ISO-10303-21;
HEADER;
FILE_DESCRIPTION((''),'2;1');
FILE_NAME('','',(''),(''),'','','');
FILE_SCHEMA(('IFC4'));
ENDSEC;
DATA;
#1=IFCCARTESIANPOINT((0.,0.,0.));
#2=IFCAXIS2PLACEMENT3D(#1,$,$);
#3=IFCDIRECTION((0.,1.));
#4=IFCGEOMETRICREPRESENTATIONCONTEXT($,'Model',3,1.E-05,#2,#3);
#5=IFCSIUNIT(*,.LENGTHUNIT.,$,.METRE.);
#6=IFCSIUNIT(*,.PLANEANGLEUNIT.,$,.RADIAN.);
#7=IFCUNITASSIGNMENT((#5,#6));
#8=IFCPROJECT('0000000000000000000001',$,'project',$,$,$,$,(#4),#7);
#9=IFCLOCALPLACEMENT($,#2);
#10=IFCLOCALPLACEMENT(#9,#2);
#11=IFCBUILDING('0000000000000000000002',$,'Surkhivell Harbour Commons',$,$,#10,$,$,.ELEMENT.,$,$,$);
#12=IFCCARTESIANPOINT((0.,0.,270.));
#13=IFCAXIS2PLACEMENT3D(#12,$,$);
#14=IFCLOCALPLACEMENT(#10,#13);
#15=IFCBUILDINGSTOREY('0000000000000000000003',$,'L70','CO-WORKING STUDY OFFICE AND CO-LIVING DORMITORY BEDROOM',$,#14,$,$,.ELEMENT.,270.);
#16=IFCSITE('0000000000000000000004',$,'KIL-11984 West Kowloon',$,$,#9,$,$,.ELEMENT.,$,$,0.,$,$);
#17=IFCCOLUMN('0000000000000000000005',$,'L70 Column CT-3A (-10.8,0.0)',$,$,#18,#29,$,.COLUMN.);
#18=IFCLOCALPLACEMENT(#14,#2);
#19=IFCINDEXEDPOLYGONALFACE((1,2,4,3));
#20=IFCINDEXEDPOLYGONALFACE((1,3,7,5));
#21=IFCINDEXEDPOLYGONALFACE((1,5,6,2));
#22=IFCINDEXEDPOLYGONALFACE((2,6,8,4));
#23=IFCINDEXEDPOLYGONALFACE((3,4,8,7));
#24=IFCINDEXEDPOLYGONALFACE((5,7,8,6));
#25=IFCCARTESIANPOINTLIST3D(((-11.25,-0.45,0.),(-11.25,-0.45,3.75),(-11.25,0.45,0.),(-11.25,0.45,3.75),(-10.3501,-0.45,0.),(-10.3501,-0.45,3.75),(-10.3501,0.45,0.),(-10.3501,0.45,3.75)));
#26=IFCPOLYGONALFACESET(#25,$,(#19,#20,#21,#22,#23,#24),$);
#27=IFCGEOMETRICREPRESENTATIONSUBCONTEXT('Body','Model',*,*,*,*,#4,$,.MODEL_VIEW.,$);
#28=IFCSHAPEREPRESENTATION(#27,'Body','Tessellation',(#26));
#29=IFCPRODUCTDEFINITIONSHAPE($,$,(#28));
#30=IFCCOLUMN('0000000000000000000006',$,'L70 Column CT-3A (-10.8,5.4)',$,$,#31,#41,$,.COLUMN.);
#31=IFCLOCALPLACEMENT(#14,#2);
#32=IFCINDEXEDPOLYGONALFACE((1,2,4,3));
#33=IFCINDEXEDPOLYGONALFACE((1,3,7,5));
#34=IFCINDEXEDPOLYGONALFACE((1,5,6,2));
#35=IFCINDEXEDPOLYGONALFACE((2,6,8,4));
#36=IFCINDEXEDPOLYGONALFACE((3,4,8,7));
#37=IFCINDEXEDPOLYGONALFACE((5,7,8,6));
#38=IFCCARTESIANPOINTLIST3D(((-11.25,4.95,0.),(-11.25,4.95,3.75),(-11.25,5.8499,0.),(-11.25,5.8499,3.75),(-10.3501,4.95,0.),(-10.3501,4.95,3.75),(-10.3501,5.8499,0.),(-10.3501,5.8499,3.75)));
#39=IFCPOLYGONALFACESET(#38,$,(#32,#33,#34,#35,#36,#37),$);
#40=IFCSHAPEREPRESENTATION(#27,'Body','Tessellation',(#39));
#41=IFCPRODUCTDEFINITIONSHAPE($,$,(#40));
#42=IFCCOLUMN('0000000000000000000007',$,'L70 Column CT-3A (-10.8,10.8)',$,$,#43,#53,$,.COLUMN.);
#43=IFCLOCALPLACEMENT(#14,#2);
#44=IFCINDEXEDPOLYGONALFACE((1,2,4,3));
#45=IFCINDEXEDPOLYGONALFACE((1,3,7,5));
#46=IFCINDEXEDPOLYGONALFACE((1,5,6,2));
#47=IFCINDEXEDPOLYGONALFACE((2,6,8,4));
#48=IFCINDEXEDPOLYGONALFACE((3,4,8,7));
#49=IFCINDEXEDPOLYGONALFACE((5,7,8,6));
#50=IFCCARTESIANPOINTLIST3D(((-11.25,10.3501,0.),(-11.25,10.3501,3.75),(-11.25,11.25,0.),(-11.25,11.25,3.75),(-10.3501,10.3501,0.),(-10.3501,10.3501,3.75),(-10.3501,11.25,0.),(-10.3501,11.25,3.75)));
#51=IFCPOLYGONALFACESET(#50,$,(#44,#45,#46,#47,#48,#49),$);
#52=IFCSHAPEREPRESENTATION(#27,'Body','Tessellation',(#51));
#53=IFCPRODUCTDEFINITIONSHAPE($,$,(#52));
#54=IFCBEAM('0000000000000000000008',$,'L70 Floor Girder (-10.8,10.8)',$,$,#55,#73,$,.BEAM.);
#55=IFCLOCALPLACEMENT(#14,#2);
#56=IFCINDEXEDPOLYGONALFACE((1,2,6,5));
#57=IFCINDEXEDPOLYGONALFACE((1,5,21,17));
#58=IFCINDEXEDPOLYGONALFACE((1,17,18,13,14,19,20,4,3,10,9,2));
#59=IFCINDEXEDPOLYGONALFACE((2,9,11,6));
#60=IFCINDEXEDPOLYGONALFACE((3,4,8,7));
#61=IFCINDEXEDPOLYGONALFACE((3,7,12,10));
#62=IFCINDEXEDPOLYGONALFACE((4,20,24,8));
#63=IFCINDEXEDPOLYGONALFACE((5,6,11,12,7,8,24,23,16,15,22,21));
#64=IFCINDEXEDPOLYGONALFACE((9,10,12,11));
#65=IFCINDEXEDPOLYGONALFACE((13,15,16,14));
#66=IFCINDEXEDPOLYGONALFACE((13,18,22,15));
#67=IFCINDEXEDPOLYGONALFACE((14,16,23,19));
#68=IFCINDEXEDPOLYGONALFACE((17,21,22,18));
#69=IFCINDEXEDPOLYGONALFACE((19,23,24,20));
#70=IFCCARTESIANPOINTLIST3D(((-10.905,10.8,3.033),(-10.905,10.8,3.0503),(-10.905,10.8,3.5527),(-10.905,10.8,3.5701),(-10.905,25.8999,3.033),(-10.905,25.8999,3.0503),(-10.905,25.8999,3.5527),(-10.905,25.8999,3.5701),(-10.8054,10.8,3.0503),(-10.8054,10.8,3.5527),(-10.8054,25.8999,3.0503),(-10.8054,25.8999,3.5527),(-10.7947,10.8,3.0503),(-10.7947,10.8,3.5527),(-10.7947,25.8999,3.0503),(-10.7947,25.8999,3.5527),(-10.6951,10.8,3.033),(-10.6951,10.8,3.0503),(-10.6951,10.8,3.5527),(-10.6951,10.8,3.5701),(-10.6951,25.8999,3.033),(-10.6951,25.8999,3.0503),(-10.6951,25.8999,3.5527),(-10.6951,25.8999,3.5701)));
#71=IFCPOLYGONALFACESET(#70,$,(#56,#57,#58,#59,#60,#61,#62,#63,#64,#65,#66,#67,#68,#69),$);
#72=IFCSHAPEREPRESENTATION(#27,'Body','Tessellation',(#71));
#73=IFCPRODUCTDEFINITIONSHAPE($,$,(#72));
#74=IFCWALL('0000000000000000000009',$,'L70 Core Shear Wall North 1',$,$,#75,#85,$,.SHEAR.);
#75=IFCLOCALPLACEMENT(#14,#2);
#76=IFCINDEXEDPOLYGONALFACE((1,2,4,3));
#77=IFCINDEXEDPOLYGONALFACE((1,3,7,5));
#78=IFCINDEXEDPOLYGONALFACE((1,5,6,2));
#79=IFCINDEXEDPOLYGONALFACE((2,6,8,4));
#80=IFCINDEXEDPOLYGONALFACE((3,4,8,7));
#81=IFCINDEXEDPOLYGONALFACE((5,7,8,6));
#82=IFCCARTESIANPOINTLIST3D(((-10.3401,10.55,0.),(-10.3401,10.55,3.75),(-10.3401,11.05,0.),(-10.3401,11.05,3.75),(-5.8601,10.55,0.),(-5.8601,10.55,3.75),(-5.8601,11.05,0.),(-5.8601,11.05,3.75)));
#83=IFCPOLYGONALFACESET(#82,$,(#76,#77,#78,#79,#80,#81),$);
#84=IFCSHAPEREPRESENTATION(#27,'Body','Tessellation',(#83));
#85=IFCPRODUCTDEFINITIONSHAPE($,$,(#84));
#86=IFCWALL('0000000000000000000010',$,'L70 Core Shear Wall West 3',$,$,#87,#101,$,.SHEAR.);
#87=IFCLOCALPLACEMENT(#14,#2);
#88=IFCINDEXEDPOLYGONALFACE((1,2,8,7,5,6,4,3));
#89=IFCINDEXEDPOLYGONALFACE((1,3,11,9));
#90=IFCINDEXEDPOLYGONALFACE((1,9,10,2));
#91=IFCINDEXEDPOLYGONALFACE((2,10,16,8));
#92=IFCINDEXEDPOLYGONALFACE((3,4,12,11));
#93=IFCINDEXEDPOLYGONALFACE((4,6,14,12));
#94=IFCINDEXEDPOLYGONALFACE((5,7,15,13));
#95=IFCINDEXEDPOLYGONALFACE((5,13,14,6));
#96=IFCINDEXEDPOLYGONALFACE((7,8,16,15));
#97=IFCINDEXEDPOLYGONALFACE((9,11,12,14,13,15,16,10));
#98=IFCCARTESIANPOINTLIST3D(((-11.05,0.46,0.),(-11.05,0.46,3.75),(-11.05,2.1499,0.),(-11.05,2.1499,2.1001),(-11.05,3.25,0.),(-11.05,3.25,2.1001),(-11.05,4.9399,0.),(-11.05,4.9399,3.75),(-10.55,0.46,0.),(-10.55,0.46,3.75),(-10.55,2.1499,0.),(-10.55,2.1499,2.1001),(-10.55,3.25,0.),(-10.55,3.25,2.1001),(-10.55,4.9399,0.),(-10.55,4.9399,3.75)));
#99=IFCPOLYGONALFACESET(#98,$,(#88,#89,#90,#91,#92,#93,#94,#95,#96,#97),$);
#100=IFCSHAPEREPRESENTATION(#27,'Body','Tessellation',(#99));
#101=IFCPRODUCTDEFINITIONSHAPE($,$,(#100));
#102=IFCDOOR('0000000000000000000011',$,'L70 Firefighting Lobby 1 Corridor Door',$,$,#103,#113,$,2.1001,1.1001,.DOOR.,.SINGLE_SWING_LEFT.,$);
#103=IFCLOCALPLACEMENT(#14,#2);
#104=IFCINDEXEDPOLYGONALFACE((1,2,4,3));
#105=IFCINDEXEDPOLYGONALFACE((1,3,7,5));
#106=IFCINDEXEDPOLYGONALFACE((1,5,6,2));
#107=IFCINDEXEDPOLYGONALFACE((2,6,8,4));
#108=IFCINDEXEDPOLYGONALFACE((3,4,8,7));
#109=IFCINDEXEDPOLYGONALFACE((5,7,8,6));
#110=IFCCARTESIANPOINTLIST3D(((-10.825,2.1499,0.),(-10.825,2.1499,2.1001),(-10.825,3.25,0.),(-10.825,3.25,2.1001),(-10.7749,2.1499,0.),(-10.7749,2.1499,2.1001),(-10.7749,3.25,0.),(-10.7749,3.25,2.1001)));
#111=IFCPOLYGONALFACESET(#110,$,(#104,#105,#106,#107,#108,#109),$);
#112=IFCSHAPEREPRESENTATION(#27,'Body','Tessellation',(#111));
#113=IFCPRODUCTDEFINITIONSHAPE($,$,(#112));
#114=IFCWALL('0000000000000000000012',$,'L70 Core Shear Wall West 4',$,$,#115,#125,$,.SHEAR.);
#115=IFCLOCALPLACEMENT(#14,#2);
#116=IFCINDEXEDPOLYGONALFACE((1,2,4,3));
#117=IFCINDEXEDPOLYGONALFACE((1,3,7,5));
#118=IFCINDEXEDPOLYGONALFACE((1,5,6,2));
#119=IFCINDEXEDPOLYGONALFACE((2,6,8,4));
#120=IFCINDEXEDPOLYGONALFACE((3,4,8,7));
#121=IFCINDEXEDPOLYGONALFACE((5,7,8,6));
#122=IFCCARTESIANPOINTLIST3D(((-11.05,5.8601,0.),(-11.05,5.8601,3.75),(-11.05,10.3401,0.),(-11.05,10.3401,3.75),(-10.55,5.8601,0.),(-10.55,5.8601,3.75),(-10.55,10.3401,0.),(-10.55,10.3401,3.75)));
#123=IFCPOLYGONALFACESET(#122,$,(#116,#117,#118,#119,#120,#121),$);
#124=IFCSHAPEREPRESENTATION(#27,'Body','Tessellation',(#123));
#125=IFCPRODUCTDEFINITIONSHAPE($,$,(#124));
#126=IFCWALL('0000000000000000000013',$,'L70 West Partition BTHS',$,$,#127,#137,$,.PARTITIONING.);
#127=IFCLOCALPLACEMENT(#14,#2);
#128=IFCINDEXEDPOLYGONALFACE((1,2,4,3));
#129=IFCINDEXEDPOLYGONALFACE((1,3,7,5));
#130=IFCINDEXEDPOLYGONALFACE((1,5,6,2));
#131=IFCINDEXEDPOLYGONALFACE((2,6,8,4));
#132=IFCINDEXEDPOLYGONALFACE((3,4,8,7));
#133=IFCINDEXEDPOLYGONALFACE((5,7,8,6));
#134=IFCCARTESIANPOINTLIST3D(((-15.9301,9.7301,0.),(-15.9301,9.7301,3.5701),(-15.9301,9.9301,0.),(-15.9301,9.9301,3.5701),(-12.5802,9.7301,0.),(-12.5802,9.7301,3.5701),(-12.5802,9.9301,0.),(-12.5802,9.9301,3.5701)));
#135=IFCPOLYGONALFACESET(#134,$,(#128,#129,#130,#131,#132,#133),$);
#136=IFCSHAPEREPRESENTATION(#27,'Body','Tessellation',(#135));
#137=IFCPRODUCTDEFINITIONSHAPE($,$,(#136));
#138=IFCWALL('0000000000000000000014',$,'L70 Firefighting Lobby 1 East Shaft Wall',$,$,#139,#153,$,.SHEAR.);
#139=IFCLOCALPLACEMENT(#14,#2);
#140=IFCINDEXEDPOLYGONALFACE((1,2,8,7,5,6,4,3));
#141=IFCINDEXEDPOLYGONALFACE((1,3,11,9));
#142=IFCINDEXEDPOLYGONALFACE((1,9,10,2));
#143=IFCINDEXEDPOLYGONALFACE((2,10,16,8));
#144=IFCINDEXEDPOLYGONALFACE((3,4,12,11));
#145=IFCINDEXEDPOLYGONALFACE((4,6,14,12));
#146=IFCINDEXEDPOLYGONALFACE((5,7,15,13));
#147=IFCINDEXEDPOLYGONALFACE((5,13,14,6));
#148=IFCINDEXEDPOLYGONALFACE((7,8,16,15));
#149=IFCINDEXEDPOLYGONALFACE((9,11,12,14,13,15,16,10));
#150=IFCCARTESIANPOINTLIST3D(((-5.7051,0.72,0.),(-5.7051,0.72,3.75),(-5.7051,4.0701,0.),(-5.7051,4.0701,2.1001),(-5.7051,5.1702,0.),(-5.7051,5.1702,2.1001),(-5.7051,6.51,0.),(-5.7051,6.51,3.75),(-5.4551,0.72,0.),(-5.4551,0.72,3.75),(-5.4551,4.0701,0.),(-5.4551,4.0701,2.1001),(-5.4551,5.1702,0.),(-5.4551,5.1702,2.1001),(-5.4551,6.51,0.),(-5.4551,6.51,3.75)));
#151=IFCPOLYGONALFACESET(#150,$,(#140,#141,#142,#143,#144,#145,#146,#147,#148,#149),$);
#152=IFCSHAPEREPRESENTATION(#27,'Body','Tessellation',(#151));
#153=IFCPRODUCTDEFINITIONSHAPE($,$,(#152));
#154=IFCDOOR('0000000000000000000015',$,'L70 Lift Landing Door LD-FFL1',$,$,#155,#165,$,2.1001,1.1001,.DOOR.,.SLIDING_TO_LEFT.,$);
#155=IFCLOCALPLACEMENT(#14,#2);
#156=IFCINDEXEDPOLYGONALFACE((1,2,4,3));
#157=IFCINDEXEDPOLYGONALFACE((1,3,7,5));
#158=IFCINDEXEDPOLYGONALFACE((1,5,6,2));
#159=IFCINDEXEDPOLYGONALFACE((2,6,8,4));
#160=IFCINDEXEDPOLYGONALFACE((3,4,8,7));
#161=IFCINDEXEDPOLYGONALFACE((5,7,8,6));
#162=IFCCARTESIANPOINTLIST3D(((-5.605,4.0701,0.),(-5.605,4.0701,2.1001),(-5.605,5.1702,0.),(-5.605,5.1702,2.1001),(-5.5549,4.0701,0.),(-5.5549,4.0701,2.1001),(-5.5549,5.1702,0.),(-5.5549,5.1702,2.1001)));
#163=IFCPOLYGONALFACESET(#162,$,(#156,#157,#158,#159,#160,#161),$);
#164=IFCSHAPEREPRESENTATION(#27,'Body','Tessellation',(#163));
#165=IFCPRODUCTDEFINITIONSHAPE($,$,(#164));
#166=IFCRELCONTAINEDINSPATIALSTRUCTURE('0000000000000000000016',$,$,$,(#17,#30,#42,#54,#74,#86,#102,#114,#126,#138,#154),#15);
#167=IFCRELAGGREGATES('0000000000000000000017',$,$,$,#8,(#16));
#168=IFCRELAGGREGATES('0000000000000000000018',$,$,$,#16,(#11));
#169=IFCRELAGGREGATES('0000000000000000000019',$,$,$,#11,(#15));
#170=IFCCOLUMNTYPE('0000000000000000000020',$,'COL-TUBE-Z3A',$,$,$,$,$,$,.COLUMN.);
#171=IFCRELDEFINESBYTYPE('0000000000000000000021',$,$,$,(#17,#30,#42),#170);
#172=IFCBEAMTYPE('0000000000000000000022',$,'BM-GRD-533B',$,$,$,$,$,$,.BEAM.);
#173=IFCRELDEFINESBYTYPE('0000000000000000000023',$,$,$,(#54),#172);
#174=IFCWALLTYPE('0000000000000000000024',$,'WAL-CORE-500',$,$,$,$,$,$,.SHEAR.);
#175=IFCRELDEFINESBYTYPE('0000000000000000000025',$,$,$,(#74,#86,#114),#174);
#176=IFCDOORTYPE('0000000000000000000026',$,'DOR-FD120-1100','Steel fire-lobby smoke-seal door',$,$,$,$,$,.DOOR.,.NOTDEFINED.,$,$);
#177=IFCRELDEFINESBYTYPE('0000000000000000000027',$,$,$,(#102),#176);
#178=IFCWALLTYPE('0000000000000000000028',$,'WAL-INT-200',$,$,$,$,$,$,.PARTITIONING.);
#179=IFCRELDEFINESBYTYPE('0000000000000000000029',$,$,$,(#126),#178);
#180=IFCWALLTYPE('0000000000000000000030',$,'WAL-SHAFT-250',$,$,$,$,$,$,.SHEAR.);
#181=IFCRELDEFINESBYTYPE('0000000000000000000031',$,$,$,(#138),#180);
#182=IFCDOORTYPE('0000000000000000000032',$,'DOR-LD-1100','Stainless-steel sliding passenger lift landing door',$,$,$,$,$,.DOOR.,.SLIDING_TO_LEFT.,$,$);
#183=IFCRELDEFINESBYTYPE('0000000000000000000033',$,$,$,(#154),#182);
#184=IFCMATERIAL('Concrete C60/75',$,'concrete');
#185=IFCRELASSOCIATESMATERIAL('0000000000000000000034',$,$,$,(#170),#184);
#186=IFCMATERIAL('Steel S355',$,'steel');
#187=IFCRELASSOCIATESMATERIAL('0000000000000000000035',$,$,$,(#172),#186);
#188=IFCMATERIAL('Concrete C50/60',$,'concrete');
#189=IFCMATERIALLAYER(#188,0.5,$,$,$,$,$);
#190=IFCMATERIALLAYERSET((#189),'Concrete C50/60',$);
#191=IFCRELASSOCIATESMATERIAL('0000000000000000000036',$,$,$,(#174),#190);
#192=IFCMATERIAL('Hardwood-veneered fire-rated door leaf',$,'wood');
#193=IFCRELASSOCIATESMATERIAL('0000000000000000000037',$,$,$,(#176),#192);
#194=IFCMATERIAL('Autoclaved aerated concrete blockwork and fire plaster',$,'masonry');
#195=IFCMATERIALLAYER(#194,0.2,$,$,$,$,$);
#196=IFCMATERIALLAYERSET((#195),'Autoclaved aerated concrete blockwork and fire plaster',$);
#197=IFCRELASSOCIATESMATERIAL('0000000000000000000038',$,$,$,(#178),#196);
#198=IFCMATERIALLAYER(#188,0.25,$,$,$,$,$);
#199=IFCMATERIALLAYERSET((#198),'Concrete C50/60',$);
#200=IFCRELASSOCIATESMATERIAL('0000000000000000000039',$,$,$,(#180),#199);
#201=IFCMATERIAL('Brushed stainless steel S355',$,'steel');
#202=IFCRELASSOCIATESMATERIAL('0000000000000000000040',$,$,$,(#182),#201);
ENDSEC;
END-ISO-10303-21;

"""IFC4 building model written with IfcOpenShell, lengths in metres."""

from ifc_helpers import new_model, si_unit, direction, frame, frame_2d, origin, origin_2d, place, context, subcontext, project, spatial, rectangle, i_section, extrude, material, layer, layer_set, material_profile, profile_set, type_object, element, fill, save


model = new_model("IFC4")

# Units and contexts
model_context = context("Model", 3, precision=1e-05, world=origin(), true_north=direction((0.0, 1.0)))
body_context = subcontext(model_context, "Body", "Model", "MODEL_VIEW")
ifc_project = project(units=[si_unit("LENGTHUNIT", "METRE"), si_unit("PLANEANGLEUNIT", "RADIAN")], contexts=[model_context])

# Site, building, storey
site_placement = place(None, origin())
site = spatial("IfcSite", under=ifc_project, at=site_placement, Name="KIL-11984 West Kowloon", CompositionType="ELEMENT", RefElevation=0.0)
building_placement = place(site_placement, origin())
building = spatial("IfcBuilding", under=site, at=building_placement, Name="Surkhivell Harbour Commons", CompositionType="ELEMENT")
storey_placement = place(building_placement, frame((0.0, 0.0, 270.0)))
storey = spatial("IfcBuildingStorey", under=building, at=storey_placement, Name="L70", Description="CO-WORKING STUDY OFFICE AND CO-LIVING DORMITORY BEDROOM", CompositionType="ELEMENT", Elevation=270.0)

# Columns
ifc_material_1 = material(Name="Concrete C60/75", Category="concrete")
ifc_material_profile_1 = material_profile(ifc_material_1, rectangle(XDim=0.8999, YDim=0.8999, at=origin_2d()), Name="RC-COL-900x900")
ifc_profile_set_1 = profile_set([ifc_material_profile_1], Name="Concrete C60/75")
column_type = type_object("IfcColumnType", Name="COL-TUBE-Z3A", PredefinedType="COLUMN", material=ifc_profile_set_1)
for number, where, z_axis, x_axis, name in (
    (1, (-10.8, 0.0, 0.0), (0.0, 0.0, 1.0), (1.0, 0.0, 0.0), "L70 Column CT-3A (-10.8,0.0)"),
    (2, (-10.8, 5.3999, 0.0), (0.0, 0.0, 1.0), (1.0, 0.0, 0.0), "L70 Column CT-3A (-10.8,5.4)"),
    (3, (-10.8, 10.8, 0.0), (0.0, 0.0, 1.0), (1.0, 0.0, 0.0), "L70 Column CT-3A (-10.8,10.8)"),
):
    element("IfcColumn", number, at=place(storey_placement, frame(where, z_axis=z_axis, x_axis=x_axis)), inside=storey, type_object=column_type, Name=name, PredefinedType="COLUMN", context=body_context, shape_type="SweptSolid", body=[
        extrude(rectangle(XDim=0.8999, YDim=0.8999, at=origin_2d()), origin(), (0.0, 0.0, 1.0), 3.75),
    ])

# Beam
ifc_material_2 = material(Name="Steel S355", Category="steel")
ifc_material_profile_2 = material_profile(ifc_material_2, i_section(OverallWidth=0.21, OverallDepth=0.5371, WebThickness=0.0107, FlangeThickness=0.0173, at=origin_2d()), Name="UB533x210x101")
ifc_profile_set_2 = profile_set([ifc_material_profile_2], Name="Steel S355")
beam_type = type_object("IfcBeamType", Name="BM-GRD-533B", PredefinedType="BEAM", material=ifc_profile_set_2)
beam_placement = place(storey_placement, frame((-10.8, 10.8, 3.3015), z_axis=(0.0, 1.0, 0.0), x_axis=(-1.0, 0.0, 0.0)))
element("IfcBeam", 4, at=beam_placement, inside=storey, type_object=beam_type, Name="L70 Floor Girder (-10.8,10.8)", PredefinedType="BEAM", context=body_context, shape_type="SweptSolid", body=[
    extrude(i_section(OverallWidth=0.21, OverallDepth=0.5371, WebThickness=0.0107, FlangeThickness=0.0173, at=origin_2d()), origin(), (0.0, 0.0, 1.0), 15.0999),
])

# Wall
ifc_material_3 = material(Name="Concrete C50/60", Category="concrete")
ifc_layer_1 = layer(ifc_material_3, 0.5)
ifc_layer_set_1 = layer_set([ifc_layer_1], Name="Concrete C50/60")
wall_type_1 = type_object("IfcWallType", Name="WAL-CORE-500", PredefinedType="SHEAR", material=ifc_layer_set_1)
wall_1_placement = place(storey_placement, frame((-10.3401, 10.8, 0.0), z_axis=(0.0, 0.0, 1.0), x_axis=(1.0, 0.0, 0.0)))
element("IfcWall", 5, at=wall_1_placement, inside=storey, type_object=wall_type_1, Name="L70 Core Shear Wall North 1", PredefinedType="SHEAR", context=body_context, shape_type="SweptSolid", body=[
    extrude(rectangle(XDim=4.48, YDim=0.5, at=frame_2d((2.24, 0.0))), origin(), (0.0, 0.0, 1.0), 3.75),
])

# Wall, opening, door
wall_2_placement = place(storey_placement, frame((-10.8, 0.46, 0.0), z_axis=(0.0, 0.0, 1.0), x_axis=(0.0, 1.0, 0.0)))
wall_2 = element("IfcWall", 6, at=wall_2_placement, inside=storey, type_object=wall_type_1, Name="L70 Core Shear Wall West 3", PredefinedType="SHEAR", context=body_context, shape_type="SweptSolid", body=[
    extrude(rectangle(XDim=4.48, YDim=0.5, at=frame_2d((2.24, 0.0))), origin(), (0.0, 0.0, 1.0), 3.75),
])
opening_1_placement = place(wall_2_placement, frame((1.6899, 0.0, 0.0)))
opening_1 = element("IfcOpeningElement", 7, at=opening_1_placement, cuts=wall_2, PredefinedType="OPENING", context=body_context, shape_type="SweptSolid", body=[
    extrude(rectangle(XDim=1.1001, YDim=2.1001, at=frame_2d((0.55, 1.05))), frame((0.0, 0.26, 0.0), z_axis=(0.0, -1.0, 0.0), x_axis=(1.0, 0.0, 0.0)), (0.0, 0.0, 1.0), 0.52),
])
ifc_material_4 = material(Name="Hardwood-veneered fire-rated door leaf", Category="wood")
door_type_1 = type_object("IfcDoorType", Name="DOR-FD120-1100", Description="Steel fire-lobby smoke-seal door", OperationType="NOTDEFINED", PredefinedType="DOOR", material=ifc_material_4)
door_1_placement = place(opening_1_placement, origin())
door_1 = element("IfcDoor", 8, at=door_1_placement, inside=storey, type_object=door_type_1, Name="L70 Firefighting Lobby 1 Corridor Door", OperationType="SINGLE_SWING_LEFT", OverallHeight=2.1001, OverallWidth=1.1001, PredefinedType="DOOR", context=body_context, shape_type="SweptSolid", body=[
    extrude(rectangle(XDim=1.1001, YDim=2.1001, at=frame_2d((0.55, 1.05))), frame((0.0, 0.0249, 0.0), z_axis=(0.0, -1.0, 0.0), x_axis=(1.0, 0.0, 0.0)), (0.0, 0.0, 1.0), 0.05),
])
fill(opening_1, door_1)

# Walls
wall_3_placement = place(storey_placement, frame((-10.8, 5.8601, 0.0), z_axis=(0.0, 0.0, 1.0), x_axis=(0.0, 1.0, 0.0)))
element("IfcWall", 9, at=wall_3_placement, inside=storey, type_object=wall_type_1, Name="L70 Core Shear Wall West 4", PredefinedType="SHEAR", context=body_context, shape_type="SweptSolid", body=[
    extrude(rectangle(XDim=4.48, YDim=0.5, at=frame_2d((2.24, 0.0))), origin(), (0.0, 0.0, 1.0), 3.75),
])
ifc_material_5 = material(Name="Autoclaved aerated concrete blockwork and fire plaster", Category="masonry")
ifc_layer_2 = layer(ifc_material_5, 0.2)
ifc_layer_set_2 = layer_set([ifc_layer_2], Name="Autoclaved aerated concrete blockwork and fire plaster")
wall_type_2 = type_object("IfcWallType", Name="WAL-INT-200", PredefinedType="PARTITIONING", material=ifc_layer_set_2)
wall_4_placement = place(storey_placement, frame((-15.9299, 9.8301, 0.0), z_axis=(0.0, 0.0, 1.0), x_axis=(1.0, 0.0, 0.0)))
element("IfcWall", 10, at=wall_4_placement, inside=storey, type_object=wall_type_2, Name="L70 West Partition BTHS", PredefinedType="PARTITIONING", context=body_context, shape_type="SweptSolid", body=[
    extrude(rectangle(XDim=3.3499, YDim=0.2, at=frame_2d((1.6748, 0.0))), origin(), (0.0, 0.0, 1.0), 3.5701),
])

# Wall, opening, door
ifc_layer_3 = layer(ifc_material_3, 0.25)
ifc_layer_set_3 = layer_set([ifc_layer_3], Name="Concrete C50/60")
wall_type_3 = type_object("IfcWallType", Name="WAL-SHAFT-250", PredefinedType="SHEAR", material=ifc_layer_set_3)
wall_5_placement = place(storey_placement, frame((-5.5801, 0.72, 0.0), z_axis=(0.0, 0.0, 1.0), x_axis=(0.0, 1.0, 0.0)))
wall_5 = element("IfcWall", 11, at=wall_5_placement, inside=storey, type_object=wall_type_3, Name="L70 Firefighting Lobby 1 East Shaft Wall", PredefinedType="SHEAR", context=body_context, shape_type="SweptSolid", body=[
    extrude(rectangle(XDim=5.79, YDim=0.25, at=frame_2d((2.895, 0.0))), origin(), (0.0, 0.0, 1.0), 3.75),
])
opening_2_placement = place(wall_5_placement, frame((3.3501, 0.0, 0.0)))
opening_2 = element("IfcOpeningElement", 12, at=opening_2_placement, cuts=wall_5, PredefinedType="OPENING", context=body_context, shape_type="SweptSolid", body=[
    extrude(rectangle(XDim=1.1001, YDim=2.1001, at=frame_2d((0.55, 1.05))), frame((0.0, 0.135, 0.0), z_axis=(0.0, -1.0, 0.0), x_axis=(1.0, 0.0, 0.0)), (0.0, 0.0, 1.0), 0.27),
])
ifc_material_6 = material(Name="Brushed stainless steel S355", Category="steel")
door_type_2 = type_object("IfcDoorType", Name="DOR-LD-1100", Description="Stainless-steel sliding passenger lift landing door", OperationType="SLIDING_TO_LEFT", PredefinedType="DOOR", material=ifc_material_6)
door_2_placement = place(opening_2_placement, origin())
door_2 = element("IfcDoor", 13, at=door_2_placement, inside=storey, type_object=door_type_2, Name="L70 Lift Landing Door LD-FFL1", OperationType="SLIDING_TO_LEFT", OverallHeight=2.1001, OverallWidth=1.1001, PredefinedType="DOOR", context=body_context, shape_type="SweptSolid", body=[
    extrude(rectangle(XDim=1.1001, YDim=2.1001, at=frame_2d((0.55, 1.05))), frame((0.0, 0.0249, 0.0), z_axis=(0.0, -1.0, 0.0), x_axis=(1.0, 0.0, 0.0)), (0.0, 0.0, 1.0), 0.05),
])
fill(opening_2, door_2)

save(model, "model.ifc")
